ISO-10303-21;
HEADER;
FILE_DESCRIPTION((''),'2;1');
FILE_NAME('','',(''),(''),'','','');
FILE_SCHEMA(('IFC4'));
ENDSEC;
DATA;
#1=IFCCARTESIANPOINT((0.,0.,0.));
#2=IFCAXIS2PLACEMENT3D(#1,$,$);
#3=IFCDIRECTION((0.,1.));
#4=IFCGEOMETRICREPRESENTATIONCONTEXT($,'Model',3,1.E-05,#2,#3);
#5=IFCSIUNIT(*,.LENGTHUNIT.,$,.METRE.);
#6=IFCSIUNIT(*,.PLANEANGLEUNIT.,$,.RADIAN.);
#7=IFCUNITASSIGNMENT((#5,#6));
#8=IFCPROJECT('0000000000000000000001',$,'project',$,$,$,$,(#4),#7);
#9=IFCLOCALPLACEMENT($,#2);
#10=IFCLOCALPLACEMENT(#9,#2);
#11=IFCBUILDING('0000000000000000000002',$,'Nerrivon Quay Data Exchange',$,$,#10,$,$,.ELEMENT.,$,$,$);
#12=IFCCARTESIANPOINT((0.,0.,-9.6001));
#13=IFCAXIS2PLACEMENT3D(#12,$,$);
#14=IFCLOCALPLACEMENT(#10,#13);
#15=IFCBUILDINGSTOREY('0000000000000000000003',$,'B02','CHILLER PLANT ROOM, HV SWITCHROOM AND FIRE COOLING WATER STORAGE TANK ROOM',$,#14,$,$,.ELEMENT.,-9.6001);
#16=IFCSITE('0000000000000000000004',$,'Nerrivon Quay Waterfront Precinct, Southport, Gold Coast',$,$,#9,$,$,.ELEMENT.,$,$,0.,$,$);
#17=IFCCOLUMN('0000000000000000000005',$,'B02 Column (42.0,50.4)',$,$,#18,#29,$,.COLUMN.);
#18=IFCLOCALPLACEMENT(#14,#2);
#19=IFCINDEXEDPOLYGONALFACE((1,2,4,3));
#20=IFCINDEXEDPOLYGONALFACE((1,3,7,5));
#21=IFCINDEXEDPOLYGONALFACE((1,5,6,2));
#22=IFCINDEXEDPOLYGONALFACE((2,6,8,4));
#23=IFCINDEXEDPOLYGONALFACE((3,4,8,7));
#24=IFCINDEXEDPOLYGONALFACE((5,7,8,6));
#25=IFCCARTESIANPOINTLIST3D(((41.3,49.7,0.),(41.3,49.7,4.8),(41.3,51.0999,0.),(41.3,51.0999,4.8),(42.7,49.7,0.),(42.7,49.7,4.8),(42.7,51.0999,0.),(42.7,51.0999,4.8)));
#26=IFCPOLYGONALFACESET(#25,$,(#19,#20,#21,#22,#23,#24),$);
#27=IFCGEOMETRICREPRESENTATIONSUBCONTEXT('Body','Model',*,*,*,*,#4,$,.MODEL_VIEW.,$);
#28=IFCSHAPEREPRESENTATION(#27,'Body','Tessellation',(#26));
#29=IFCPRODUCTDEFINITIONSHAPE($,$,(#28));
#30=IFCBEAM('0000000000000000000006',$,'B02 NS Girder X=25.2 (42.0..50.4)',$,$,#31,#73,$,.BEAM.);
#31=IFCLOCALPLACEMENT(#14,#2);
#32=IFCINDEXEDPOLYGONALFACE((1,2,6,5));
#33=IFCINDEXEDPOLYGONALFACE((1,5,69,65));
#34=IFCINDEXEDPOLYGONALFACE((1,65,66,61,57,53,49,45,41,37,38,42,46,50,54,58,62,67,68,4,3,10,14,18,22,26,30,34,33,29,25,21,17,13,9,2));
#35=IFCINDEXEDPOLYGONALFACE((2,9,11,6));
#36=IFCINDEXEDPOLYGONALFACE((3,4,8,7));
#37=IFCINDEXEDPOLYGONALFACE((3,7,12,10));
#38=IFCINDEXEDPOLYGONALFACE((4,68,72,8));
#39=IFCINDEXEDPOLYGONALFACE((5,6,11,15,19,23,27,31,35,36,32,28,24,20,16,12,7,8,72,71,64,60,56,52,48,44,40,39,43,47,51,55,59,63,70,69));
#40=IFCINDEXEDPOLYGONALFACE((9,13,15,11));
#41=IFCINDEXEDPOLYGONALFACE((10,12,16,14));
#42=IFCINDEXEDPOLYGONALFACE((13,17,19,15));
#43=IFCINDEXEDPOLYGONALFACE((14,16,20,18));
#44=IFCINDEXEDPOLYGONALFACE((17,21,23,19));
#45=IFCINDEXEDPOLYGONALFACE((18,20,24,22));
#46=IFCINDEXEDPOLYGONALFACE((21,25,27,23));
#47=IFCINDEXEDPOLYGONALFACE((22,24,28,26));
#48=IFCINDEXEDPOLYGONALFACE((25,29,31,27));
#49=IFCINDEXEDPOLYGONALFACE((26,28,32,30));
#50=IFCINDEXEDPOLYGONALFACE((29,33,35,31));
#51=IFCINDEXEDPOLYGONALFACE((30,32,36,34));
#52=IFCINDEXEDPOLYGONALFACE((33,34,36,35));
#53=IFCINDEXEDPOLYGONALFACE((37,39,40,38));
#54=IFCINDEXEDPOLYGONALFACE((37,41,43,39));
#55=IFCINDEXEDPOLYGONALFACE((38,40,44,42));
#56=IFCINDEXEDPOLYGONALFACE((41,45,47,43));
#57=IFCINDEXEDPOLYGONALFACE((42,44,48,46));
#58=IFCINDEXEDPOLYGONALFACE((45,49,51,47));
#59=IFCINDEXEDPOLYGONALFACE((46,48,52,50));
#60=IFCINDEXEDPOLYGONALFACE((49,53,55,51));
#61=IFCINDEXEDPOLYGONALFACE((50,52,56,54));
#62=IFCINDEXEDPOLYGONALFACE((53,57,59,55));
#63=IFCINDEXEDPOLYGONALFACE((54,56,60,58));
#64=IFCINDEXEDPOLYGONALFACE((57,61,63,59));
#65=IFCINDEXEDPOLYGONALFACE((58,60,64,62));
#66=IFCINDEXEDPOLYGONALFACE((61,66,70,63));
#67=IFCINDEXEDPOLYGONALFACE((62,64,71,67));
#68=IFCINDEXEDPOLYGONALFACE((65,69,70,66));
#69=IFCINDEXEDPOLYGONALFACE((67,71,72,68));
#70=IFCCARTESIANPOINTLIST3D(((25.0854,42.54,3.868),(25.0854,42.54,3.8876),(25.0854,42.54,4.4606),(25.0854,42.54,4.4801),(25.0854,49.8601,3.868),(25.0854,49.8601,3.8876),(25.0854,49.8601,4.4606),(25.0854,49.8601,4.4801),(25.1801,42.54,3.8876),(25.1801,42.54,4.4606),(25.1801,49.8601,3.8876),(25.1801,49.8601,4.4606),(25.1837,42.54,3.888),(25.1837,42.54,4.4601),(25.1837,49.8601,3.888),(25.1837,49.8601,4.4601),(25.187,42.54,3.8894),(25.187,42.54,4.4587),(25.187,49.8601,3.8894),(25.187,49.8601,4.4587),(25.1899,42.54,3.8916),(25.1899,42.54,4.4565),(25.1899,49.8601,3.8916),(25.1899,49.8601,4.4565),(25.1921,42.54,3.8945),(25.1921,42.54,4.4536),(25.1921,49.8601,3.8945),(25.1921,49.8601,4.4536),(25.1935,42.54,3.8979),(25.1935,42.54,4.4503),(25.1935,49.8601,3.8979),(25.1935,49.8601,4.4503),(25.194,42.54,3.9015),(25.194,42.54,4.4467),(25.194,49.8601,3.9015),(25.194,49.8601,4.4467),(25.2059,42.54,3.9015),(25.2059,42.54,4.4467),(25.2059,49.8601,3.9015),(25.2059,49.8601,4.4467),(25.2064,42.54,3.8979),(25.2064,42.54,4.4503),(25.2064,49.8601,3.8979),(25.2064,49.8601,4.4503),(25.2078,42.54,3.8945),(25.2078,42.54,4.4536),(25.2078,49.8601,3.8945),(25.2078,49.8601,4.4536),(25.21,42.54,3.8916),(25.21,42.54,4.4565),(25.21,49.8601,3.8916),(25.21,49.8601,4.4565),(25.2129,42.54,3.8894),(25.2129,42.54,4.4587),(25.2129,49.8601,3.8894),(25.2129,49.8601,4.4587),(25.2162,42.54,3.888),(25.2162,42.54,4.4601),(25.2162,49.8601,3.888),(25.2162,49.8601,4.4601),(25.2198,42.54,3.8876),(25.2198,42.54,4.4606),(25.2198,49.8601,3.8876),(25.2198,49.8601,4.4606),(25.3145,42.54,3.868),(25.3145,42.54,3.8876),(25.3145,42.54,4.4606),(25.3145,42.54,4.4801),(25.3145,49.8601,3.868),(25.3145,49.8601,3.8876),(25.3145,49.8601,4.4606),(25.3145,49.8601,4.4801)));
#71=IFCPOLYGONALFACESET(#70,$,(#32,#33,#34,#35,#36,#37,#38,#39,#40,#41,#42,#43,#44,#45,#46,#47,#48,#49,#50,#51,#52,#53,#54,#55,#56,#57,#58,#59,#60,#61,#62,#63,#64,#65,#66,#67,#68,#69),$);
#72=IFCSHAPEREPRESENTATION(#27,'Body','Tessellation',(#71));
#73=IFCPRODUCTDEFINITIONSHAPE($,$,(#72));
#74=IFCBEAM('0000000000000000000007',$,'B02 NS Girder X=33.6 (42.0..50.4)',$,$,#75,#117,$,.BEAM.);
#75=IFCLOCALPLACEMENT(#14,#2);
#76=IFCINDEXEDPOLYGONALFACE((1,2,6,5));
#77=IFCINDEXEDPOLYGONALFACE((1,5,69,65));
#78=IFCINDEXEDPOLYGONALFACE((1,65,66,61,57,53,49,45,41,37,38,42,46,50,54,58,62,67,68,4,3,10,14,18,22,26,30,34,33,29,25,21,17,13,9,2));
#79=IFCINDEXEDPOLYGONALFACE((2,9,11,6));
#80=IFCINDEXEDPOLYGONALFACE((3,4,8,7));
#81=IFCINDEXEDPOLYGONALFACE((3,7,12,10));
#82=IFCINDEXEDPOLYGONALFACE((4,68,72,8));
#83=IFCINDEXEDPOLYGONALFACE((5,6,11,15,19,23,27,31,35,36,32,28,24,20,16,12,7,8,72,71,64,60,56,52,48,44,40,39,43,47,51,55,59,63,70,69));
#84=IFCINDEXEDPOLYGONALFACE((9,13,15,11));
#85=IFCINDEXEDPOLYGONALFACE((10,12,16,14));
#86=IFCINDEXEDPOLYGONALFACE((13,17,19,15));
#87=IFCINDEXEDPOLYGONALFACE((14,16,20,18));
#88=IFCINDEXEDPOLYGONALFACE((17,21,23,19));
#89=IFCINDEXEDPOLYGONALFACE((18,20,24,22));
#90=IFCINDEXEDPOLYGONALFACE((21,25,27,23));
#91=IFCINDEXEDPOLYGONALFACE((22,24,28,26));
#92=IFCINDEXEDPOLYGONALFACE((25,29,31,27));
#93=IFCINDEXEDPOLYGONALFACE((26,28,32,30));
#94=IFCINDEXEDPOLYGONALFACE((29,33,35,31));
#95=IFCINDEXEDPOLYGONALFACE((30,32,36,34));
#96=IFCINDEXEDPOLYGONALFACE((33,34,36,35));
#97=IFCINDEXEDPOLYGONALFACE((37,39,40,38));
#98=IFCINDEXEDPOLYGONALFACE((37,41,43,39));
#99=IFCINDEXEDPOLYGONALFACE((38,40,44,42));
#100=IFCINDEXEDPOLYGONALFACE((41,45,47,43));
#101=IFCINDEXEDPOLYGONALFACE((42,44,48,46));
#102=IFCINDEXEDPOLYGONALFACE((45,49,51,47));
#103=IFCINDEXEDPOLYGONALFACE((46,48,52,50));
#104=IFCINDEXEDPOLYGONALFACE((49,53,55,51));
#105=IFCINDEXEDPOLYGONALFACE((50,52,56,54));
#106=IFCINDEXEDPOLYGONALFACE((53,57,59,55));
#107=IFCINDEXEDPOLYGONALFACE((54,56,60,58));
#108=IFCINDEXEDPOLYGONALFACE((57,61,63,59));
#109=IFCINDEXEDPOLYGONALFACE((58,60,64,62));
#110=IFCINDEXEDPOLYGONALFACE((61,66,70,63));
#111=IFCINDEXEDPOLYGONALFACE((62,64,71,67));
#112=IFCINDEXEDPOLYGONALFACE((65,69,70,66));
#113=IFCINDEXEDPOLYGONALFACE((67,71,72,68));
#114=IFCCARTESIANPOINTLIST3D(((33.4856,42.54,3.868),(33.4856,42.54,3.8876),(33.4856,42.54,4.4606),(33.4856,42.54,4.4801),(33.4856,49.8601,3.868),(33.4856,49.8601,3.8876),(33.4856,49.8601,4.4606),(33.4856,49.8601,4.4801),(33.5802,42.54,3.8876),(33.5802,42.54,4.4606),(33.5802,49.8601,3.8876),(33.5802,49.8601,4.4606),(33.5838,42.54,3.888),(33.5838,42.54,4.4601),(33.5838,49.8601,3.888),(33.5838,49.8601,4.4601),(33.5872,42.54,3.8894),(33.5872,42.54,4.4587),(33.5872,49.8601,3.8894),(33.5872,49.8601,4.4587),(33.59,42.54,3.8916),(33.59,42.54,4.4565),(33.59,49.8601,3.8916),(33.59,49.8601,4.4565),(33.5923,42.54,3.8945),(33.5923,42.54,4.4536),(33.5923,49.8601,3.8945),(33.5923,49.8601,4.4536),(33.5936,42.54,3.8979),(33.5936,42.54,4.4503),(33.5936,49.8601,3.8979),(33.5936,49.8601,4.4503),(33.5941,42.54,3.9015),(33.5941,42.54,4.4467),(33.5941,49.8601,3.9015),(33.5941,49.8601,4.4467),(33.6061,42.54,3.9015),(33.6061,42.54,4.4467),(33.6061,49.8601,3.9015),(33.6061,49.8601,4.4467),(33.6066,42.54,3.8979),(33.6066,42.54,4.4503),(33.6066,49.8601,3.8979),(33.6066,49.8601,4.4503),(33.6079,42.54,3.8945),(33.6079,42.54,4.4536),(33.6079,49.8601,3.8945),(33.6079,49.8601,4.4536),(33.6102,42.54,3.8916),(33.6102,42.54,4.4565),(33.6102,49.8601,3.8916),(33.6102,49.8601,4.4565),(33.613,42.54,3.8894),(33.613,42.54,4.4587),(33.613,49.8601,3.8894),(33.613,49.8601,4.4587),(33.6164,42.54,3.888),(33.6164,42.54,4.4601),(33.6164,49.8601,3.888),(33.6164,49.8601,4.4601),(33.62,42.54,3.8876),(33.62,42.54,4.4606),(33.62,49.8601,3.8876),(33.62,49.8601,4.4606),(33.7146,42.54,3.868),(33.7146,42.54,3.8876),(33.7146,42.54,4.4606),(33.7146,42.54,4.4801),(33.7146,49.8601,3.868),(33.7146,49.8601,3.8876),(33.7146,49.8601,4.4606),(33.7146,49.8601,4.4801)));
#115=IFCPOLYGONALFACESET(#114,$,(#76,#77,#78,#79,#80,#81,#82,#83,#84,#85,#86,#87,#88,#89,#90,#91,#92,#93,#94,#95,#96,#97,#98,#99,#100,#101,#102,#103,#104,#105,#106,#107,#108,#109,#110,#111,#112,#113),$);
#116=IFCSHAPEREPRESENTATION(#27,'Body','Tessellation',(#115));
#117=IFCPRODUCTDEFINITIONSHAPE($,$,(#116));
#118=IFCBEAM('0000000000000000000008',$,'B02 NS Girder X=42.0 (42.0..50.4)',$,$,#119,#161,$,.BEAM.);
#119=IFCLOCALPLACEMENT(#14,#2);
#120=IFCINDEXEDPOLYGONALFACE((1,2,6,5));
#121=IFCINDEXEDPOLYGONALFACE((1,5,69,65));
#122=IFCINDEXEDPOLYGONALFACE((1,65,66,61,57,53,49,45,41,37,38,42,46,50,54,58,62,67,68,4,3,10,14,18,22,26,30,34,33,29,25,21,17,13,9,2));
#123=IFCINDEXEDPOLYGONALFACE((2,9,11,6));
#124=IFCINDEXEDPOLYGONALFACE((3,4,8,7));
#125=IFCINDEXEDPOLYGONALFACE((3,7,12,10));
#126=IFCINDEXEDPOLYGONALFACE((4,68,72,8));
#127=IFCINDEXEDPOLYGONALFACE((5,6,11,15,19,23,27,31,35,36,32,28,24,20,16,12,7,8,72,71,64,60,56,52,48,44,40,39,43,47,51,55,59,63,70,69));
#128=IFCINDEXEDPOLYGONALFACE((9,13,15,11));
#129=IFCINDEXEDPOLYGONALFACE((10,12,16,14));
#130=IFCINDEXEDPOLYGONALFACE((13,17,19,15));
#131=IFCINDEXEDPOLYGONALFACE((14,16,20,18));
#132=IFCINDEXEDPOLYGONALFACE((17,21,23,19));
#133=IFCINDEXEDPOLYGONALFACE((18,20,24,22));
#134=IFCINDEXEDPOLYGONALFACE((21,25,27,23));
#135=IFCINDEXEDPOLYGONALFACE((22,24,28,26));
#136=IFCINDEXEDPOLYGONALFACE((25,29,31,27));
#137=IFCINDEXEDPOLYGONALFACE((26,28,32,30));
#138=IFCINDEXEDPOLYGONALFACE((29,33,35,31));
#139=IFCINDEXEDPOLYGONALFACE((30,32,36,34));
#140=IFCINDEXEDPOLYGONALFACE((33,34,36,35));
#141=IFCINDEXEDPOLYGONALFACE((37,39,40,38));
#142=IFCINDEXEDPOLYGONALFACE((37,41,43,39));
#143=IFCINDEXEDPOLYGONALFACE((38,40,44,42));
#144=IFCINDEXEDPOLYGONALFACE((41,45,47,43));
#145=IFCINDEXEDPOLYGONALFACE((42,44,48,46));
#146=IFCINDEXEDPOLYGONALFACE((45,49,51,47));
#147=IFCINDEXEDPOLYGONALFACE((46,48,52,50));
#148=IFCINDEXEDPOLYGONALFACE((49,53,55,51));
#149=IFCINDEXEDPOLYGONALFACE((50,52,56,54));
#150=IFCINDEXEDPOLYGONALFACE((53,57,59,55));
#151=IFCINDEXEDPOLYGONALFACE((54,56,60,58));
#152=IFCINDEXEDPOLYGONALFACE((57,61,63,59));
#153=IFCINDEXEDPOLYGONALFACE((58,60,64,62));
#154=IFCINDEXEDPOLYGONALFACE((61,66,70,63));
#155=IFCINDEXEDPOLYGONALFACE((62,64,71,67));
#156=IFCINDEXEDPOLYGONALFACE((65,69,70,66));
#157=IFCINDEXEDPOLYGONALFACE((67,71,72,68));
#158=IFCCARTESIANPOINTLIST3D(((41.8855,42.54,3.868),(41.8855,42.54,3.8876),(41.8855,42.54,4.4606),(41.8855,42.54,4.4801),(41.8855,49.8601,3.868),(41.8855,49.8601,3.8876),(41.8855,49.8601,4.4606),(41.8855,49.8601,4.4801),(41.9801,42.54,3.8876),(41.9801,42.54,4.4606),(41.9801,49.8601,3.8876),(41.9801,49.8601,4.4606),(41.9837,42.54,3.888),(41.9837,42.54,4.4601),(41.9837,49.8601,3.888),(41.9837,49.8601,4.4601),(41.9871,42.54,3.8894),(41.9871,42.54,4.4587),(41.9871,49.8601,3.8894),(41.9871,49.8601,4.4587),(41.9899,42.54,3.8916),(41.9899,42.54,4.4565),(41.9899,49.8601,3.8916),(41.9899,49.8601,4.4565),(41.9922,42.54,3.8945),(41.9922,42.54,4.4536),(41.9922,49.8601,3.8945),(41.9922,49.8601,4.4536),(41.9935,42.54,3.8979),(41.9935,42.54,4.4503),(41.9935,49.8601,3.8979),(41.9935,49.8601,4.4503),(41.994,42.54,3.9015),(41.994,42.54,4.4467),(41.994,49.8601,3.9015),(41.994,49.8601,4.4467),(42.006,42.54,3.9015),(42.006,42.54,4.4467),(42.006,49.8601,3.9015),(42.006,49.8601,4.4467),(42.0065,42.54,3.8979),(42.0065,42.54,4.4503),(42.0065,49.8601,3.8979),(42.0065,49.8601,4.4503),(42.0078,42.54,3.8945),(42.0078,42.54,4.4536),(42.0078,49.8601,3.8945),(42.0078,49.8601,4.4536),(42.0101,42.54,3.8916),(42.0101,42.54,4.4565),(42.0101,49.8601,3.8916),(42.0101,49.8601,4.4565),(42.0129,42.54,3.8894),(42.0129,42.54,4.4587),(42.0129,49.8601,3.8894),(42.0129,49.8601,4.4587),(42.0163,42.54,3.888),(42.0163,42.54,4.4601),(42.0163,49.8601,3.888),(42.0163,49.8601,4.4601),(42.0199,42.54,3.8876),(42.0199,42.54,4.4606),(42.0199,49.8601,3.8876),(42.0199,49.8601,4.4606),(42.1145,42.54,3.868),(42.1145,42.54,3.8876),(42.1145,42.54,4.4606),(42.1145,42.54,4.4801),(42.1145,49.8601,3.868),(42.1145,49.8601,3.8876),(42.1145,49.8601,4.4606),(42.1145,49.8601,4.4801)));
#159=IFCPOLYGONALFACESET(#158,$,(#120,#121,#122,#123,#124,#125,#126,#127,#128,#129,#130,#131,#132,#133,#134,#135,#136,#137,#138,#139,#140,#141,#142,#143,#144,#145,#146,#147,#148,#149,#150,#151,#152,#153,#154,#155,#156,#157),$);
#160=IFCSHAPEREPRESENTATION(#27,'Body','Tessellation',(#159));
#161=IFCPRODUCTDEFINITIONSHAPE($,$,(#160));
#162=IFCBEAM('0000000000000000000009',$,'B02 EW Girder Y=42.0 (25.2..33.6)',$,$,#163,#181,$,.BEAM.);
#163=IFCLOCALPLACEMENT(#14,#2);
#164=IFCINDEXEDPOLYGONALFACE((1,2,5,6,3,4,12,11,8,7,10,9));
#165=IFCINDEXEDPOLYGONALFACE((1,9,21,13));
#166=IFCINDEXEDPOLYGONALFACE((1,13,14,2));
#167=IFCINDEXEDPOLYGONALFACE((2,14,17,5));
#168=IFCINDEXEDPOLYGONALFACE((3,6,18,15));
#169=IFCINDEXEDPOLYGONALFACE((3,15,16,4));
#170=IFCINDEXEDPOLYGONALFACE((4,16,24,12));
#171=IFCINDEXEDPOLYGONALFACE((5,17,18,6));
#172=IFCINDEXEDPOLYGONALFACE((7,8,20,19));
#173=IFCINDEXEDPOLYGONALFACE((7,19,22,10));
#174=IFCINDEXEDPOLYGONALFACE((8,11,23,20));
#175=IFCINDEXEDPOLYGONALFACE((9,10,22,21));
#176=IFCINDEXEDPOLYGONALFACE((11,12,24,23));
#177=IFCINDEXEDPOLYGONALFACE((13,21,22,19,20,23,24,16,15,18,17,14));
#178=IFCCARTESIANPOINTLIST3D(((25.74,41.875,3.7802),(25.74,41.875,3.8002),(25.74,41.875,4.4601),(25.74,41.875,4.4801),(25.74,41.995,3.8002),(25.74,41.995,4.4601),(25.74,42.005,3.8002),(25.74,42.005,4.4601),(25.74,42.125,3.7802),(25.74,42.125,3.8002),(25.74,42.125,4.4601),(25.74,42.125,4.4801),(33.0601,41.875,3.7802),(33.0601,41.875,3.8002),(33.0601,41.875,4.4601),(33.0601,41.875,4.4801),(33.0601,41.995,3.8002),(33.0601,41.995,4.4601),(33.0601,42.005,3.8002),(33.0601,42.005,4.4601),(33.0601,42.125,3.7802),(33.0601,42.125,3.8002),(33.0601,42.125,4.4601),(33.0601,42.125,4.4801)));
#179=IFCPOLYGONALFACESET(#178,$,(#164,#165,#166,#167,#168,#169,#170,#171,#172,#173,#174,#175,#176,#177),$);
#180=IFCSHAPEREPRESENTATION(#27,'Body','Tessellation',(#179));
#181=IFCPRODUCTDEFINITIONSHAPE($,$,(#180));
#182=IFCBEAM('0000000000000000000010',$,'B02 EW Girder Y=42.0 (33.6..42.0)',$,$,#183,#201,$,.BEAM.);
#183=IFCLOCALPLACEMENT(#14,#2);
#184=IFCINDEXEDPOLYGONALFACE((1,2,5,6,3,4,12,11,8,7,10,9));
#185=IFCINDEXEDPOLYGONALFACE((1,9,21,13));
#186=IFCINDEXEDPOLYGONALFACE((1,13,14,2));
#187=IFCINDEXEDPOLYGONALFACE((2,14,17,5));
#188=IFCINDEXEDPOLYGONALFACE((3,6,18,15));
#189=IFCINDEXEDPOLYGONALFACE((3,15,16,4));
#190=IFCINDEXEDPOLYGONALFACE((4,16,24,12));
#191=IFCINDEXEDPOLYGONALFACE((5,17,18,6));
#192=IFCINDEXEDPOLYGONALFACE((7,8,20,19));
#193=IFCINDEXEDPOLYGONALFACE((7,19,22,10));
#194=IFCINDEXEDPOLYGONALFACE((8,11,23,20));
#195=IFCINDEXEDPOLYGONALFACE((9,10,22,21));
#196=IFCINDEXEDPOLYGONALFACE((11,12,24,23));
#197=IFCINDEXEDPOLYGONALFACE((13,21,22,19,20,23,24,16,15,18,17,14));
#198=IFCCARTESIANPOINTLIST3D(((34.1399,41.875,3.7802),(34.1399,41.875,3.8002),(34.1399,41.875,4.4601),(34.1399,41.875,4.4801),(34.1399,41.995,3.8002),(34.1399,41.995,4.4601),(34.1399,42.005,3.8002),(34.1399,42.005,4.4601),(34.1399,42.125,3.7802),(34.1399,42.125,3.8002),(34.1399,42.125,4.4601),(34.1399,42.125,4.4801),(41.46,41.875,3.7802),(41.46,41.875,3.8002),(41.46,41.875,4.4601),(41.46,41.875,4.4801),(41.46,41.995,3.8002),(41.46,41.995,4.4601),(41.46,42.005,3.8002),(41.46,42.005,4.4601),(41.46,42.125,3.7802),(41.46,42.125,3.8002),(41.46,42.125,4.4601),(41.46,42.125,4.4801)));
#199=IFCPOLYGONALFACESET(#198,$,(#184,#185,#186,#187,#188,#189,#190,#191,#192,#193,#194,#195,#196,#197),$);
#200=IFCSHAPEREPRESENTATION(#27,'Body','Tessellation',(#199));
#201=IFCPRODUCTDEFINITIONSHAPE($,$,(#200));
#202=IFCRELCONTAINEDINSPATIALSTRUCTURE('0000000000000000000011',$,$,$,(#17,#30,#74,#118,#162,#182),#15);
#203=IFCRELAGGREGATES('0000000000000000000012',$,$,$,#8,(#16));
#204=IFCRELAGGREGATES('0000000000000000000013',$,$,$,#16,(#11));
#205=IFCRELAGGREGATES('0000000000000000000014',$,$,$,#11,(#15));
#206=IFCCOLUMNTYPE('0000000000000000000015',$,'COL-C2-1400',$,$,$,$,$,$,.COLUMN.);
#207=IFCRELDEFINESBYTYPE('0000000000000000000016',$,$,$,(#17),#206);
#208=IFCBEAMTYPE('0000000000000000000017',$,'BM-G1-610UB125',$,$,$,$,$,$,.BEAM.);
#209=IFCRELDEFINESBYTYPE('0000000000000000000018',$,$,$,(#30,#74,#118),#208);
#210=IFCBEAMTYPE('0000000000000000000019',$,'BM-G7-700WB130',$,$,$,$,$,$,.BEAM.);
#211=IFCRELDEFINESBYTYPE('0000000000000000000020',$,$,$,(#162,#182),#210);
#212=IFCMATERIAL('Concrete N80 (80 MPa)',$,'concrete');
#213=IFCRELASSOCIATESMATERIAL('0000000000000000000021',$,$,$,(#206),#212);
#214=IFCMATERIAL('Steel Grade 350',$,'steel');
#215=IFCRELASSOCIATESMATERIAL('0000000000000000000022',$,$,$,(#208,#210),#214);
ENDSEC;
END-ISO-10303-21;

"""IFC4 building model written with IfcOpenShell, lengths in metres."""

from ifc_helpers import new_model, si_unit, direction, frame, origin, origin_2d, place, context, subcontext, project, spatial, rectangle, i_section, extrude, material, material_profile, profile_set, type_object, element, save


model = new_model("IFC4")

# Units and contexts
model_context = context("Model", 3, precision=1e-05, world=origin(), true_north=direction((0.0, 1.0)))
body_context = subcontext(model_context, "Body", "Model", "MODEL_VIEW")
ifc_project = project(units=[si_unit("LENGTHUNIT", "METRE"), si_unit("PLANEANGLEUNIT", "RADIAN")], contexts=[model_context])

# Site, building, storey
site_placement = place(None, origin())
site = spatial("IfcSite", under=ifc_project, at=site_placement, Name="Nerrivon Quay Waterfront Precinct, Southport, Gold Coast", CompositionType="ELEMENT", RefElevation=0.0)
building_placement = place(site_placement, origin())
building = spatial("IfcBuilding", under=site, at=building_placement, Name="Nerrivon Quay Data Exchange", CompositionType="ELEMENT")
storey_placement = place(building_placement, frame((0.0, 0.0, -9.6001)))
storey = spatial("IfcBuildingStorey", under=building, at=storey_placement, Name="B02", Description="CHILLER PLANT ROOM, HV SWITCHROOM AND FIRE COOLING WATER STORAGE TANK ROOM", CompositionType="ELEMENT", Elevation=-9.6001)

# Column
ifc_material_1 = material(Name="Concrete N80 (80 MPa)", Category="concrete")
ifc_material_profile_1 = material_profile(ifc_material_1, rectangle(XDim=1.3999, YDim=1.3999, at=origin_2d()), Name="RC-COL-1400x1400")
ifc_profile_set_1 = profile_set([ifc_material_profile_1], Name="Concrete N80 (80 MPa)")
column_type = type_object("IfcColumnType", Name="COL-C2-1400", PredefinedType="COLUMN", material=ifc_profile_set_1)
for number, where, z_axis, x_axis, name in (
    (1, (42.0, 50.3999, 0.0), (0.0, 0.0, 1.0), (1.0, 0.0, 0.0), "B02 Column (42.0,50.4)"),
):
    element("IfcColumn", number, at=place(storey_placement, frame(where, z_axis=z_axis, x_axis=x_axis)), inside=storey, type_object=column_type, Name=name, PredefinedType="COLUMN", context=body_context, shape_type="SweptSolid", body=[
        extrude(rectangle(XDim=1.3999, YDim=1.3999, at=origin_2d()), origin(), (0.0, 0.0, 1.0), 4.8),
    ])

# Beams
ifc_material_2 = material(Name="Steel Grade 350", Category="steel")
ifc_material_profile_2 = material_profile(ifc_material_2, i_section(OverallWidth=0.229, OverallDepth=0.6121, WebThickness=0.012, FlangeThickness=0.0195, FilletRadius=0.0139, at=origin_2d()), Name="610UB125")
ifc_profile_set_2 = profile_set([ifc_material_profile_2], Name="Steel Grade 350")
beam_type_1 = type_object("IfcBeamType", Name="BM-G1-610UB125", PredefinedType="BEAM", material=ifc_profile_set_2)
for number, where, z_axis, x_axis, name in (
    (2, (25.2, 42.54, 4.1741), (0.0, 1.0, 0.0), (-1.0, 0.0, 0.0), "B02 NS Girder X=25.2 (42.0..50.4)"),
    (3, (33.6001, 42.54, 4.1741), (0.0, 1.0, 0.0), (-1.0, 0.0, 0.0), "B02 NS Girder X=33.6 (42.0..50.4)"),
    (4, (42.0, 42.54, 4.1741), (0.0, 1.0, 0.0), (-1.0, 0.0, 0.0), "B02 NS Girder X=42.0 (42.0..50.4)"),
):
    element("IfcBeam", number, at=place(storey_placement, frame(where, z_axis=z_axis, x_axis=x_axis)), inside=storey, type_object=beam_type_1, Name=name, PredefinedType="BEAM", context=body_context, shape_type="SweptSolid", body=[
        extrude(i_section(OverallWidth=0.229, OverallDepth=0.6121, WebThickness=0.012, FlangeThickness=0.0195, FilletRadius=0.0139, at=origin_2d()), origin(), (0.0, 0.0, 1.0), 7.3201),
    ])
ifc_material_profile_3 = material_profile(ifc_material_2, i_section(OverallWidth=0.25, OverallDepth=0.7, WebThickness=0.01, FlangeThickness=0.02, at=origin_2d()), Name="700WB130")
ifc_profile_set_3 = profile_set([ifc_material_profile_3], Name="Steel Grade 350")
beam_type_2 = type_object("IfcBeamType", Name="BM-G7-700WB130", PredefinedType="BEAM", material=ifc_profile_set_3)
for number, where, z_axis, x_axis, name in (
    (5, (25.74, 42.0, 4.1301), (1.0, 0.0, 0.0), (0.0, 1.0, 0.0), "B02 EW Girder Y=42.0 (25.2..33.6)"),
    (6, (34.1399, 42.0, 4.1301), (1.0, 0.0, 0.0), (0.0, 1.0, 0.0), "B02 EW Girder Y=42.0 (33.6..42.0)"),
):
    element("IfcBeam", number, at=place(storey_placement, frame(where, z_axis=z_axis, x_axis=x_axis)), inside=storey, type_object=beam_type_2, Name=name, PredefinedType="BEAM", context=body_context, shape_type="SweptSolid", body=[
        extrude(i_section(OverallWidth=0.25, OverallDepth=0.7, WebThickness=0.01, FlangeThickness=0.02, at=origin_2d()), origin(), (0.0, 0.0, 1.0), 7.3201),
    ])

save(model, "model.ifc")
